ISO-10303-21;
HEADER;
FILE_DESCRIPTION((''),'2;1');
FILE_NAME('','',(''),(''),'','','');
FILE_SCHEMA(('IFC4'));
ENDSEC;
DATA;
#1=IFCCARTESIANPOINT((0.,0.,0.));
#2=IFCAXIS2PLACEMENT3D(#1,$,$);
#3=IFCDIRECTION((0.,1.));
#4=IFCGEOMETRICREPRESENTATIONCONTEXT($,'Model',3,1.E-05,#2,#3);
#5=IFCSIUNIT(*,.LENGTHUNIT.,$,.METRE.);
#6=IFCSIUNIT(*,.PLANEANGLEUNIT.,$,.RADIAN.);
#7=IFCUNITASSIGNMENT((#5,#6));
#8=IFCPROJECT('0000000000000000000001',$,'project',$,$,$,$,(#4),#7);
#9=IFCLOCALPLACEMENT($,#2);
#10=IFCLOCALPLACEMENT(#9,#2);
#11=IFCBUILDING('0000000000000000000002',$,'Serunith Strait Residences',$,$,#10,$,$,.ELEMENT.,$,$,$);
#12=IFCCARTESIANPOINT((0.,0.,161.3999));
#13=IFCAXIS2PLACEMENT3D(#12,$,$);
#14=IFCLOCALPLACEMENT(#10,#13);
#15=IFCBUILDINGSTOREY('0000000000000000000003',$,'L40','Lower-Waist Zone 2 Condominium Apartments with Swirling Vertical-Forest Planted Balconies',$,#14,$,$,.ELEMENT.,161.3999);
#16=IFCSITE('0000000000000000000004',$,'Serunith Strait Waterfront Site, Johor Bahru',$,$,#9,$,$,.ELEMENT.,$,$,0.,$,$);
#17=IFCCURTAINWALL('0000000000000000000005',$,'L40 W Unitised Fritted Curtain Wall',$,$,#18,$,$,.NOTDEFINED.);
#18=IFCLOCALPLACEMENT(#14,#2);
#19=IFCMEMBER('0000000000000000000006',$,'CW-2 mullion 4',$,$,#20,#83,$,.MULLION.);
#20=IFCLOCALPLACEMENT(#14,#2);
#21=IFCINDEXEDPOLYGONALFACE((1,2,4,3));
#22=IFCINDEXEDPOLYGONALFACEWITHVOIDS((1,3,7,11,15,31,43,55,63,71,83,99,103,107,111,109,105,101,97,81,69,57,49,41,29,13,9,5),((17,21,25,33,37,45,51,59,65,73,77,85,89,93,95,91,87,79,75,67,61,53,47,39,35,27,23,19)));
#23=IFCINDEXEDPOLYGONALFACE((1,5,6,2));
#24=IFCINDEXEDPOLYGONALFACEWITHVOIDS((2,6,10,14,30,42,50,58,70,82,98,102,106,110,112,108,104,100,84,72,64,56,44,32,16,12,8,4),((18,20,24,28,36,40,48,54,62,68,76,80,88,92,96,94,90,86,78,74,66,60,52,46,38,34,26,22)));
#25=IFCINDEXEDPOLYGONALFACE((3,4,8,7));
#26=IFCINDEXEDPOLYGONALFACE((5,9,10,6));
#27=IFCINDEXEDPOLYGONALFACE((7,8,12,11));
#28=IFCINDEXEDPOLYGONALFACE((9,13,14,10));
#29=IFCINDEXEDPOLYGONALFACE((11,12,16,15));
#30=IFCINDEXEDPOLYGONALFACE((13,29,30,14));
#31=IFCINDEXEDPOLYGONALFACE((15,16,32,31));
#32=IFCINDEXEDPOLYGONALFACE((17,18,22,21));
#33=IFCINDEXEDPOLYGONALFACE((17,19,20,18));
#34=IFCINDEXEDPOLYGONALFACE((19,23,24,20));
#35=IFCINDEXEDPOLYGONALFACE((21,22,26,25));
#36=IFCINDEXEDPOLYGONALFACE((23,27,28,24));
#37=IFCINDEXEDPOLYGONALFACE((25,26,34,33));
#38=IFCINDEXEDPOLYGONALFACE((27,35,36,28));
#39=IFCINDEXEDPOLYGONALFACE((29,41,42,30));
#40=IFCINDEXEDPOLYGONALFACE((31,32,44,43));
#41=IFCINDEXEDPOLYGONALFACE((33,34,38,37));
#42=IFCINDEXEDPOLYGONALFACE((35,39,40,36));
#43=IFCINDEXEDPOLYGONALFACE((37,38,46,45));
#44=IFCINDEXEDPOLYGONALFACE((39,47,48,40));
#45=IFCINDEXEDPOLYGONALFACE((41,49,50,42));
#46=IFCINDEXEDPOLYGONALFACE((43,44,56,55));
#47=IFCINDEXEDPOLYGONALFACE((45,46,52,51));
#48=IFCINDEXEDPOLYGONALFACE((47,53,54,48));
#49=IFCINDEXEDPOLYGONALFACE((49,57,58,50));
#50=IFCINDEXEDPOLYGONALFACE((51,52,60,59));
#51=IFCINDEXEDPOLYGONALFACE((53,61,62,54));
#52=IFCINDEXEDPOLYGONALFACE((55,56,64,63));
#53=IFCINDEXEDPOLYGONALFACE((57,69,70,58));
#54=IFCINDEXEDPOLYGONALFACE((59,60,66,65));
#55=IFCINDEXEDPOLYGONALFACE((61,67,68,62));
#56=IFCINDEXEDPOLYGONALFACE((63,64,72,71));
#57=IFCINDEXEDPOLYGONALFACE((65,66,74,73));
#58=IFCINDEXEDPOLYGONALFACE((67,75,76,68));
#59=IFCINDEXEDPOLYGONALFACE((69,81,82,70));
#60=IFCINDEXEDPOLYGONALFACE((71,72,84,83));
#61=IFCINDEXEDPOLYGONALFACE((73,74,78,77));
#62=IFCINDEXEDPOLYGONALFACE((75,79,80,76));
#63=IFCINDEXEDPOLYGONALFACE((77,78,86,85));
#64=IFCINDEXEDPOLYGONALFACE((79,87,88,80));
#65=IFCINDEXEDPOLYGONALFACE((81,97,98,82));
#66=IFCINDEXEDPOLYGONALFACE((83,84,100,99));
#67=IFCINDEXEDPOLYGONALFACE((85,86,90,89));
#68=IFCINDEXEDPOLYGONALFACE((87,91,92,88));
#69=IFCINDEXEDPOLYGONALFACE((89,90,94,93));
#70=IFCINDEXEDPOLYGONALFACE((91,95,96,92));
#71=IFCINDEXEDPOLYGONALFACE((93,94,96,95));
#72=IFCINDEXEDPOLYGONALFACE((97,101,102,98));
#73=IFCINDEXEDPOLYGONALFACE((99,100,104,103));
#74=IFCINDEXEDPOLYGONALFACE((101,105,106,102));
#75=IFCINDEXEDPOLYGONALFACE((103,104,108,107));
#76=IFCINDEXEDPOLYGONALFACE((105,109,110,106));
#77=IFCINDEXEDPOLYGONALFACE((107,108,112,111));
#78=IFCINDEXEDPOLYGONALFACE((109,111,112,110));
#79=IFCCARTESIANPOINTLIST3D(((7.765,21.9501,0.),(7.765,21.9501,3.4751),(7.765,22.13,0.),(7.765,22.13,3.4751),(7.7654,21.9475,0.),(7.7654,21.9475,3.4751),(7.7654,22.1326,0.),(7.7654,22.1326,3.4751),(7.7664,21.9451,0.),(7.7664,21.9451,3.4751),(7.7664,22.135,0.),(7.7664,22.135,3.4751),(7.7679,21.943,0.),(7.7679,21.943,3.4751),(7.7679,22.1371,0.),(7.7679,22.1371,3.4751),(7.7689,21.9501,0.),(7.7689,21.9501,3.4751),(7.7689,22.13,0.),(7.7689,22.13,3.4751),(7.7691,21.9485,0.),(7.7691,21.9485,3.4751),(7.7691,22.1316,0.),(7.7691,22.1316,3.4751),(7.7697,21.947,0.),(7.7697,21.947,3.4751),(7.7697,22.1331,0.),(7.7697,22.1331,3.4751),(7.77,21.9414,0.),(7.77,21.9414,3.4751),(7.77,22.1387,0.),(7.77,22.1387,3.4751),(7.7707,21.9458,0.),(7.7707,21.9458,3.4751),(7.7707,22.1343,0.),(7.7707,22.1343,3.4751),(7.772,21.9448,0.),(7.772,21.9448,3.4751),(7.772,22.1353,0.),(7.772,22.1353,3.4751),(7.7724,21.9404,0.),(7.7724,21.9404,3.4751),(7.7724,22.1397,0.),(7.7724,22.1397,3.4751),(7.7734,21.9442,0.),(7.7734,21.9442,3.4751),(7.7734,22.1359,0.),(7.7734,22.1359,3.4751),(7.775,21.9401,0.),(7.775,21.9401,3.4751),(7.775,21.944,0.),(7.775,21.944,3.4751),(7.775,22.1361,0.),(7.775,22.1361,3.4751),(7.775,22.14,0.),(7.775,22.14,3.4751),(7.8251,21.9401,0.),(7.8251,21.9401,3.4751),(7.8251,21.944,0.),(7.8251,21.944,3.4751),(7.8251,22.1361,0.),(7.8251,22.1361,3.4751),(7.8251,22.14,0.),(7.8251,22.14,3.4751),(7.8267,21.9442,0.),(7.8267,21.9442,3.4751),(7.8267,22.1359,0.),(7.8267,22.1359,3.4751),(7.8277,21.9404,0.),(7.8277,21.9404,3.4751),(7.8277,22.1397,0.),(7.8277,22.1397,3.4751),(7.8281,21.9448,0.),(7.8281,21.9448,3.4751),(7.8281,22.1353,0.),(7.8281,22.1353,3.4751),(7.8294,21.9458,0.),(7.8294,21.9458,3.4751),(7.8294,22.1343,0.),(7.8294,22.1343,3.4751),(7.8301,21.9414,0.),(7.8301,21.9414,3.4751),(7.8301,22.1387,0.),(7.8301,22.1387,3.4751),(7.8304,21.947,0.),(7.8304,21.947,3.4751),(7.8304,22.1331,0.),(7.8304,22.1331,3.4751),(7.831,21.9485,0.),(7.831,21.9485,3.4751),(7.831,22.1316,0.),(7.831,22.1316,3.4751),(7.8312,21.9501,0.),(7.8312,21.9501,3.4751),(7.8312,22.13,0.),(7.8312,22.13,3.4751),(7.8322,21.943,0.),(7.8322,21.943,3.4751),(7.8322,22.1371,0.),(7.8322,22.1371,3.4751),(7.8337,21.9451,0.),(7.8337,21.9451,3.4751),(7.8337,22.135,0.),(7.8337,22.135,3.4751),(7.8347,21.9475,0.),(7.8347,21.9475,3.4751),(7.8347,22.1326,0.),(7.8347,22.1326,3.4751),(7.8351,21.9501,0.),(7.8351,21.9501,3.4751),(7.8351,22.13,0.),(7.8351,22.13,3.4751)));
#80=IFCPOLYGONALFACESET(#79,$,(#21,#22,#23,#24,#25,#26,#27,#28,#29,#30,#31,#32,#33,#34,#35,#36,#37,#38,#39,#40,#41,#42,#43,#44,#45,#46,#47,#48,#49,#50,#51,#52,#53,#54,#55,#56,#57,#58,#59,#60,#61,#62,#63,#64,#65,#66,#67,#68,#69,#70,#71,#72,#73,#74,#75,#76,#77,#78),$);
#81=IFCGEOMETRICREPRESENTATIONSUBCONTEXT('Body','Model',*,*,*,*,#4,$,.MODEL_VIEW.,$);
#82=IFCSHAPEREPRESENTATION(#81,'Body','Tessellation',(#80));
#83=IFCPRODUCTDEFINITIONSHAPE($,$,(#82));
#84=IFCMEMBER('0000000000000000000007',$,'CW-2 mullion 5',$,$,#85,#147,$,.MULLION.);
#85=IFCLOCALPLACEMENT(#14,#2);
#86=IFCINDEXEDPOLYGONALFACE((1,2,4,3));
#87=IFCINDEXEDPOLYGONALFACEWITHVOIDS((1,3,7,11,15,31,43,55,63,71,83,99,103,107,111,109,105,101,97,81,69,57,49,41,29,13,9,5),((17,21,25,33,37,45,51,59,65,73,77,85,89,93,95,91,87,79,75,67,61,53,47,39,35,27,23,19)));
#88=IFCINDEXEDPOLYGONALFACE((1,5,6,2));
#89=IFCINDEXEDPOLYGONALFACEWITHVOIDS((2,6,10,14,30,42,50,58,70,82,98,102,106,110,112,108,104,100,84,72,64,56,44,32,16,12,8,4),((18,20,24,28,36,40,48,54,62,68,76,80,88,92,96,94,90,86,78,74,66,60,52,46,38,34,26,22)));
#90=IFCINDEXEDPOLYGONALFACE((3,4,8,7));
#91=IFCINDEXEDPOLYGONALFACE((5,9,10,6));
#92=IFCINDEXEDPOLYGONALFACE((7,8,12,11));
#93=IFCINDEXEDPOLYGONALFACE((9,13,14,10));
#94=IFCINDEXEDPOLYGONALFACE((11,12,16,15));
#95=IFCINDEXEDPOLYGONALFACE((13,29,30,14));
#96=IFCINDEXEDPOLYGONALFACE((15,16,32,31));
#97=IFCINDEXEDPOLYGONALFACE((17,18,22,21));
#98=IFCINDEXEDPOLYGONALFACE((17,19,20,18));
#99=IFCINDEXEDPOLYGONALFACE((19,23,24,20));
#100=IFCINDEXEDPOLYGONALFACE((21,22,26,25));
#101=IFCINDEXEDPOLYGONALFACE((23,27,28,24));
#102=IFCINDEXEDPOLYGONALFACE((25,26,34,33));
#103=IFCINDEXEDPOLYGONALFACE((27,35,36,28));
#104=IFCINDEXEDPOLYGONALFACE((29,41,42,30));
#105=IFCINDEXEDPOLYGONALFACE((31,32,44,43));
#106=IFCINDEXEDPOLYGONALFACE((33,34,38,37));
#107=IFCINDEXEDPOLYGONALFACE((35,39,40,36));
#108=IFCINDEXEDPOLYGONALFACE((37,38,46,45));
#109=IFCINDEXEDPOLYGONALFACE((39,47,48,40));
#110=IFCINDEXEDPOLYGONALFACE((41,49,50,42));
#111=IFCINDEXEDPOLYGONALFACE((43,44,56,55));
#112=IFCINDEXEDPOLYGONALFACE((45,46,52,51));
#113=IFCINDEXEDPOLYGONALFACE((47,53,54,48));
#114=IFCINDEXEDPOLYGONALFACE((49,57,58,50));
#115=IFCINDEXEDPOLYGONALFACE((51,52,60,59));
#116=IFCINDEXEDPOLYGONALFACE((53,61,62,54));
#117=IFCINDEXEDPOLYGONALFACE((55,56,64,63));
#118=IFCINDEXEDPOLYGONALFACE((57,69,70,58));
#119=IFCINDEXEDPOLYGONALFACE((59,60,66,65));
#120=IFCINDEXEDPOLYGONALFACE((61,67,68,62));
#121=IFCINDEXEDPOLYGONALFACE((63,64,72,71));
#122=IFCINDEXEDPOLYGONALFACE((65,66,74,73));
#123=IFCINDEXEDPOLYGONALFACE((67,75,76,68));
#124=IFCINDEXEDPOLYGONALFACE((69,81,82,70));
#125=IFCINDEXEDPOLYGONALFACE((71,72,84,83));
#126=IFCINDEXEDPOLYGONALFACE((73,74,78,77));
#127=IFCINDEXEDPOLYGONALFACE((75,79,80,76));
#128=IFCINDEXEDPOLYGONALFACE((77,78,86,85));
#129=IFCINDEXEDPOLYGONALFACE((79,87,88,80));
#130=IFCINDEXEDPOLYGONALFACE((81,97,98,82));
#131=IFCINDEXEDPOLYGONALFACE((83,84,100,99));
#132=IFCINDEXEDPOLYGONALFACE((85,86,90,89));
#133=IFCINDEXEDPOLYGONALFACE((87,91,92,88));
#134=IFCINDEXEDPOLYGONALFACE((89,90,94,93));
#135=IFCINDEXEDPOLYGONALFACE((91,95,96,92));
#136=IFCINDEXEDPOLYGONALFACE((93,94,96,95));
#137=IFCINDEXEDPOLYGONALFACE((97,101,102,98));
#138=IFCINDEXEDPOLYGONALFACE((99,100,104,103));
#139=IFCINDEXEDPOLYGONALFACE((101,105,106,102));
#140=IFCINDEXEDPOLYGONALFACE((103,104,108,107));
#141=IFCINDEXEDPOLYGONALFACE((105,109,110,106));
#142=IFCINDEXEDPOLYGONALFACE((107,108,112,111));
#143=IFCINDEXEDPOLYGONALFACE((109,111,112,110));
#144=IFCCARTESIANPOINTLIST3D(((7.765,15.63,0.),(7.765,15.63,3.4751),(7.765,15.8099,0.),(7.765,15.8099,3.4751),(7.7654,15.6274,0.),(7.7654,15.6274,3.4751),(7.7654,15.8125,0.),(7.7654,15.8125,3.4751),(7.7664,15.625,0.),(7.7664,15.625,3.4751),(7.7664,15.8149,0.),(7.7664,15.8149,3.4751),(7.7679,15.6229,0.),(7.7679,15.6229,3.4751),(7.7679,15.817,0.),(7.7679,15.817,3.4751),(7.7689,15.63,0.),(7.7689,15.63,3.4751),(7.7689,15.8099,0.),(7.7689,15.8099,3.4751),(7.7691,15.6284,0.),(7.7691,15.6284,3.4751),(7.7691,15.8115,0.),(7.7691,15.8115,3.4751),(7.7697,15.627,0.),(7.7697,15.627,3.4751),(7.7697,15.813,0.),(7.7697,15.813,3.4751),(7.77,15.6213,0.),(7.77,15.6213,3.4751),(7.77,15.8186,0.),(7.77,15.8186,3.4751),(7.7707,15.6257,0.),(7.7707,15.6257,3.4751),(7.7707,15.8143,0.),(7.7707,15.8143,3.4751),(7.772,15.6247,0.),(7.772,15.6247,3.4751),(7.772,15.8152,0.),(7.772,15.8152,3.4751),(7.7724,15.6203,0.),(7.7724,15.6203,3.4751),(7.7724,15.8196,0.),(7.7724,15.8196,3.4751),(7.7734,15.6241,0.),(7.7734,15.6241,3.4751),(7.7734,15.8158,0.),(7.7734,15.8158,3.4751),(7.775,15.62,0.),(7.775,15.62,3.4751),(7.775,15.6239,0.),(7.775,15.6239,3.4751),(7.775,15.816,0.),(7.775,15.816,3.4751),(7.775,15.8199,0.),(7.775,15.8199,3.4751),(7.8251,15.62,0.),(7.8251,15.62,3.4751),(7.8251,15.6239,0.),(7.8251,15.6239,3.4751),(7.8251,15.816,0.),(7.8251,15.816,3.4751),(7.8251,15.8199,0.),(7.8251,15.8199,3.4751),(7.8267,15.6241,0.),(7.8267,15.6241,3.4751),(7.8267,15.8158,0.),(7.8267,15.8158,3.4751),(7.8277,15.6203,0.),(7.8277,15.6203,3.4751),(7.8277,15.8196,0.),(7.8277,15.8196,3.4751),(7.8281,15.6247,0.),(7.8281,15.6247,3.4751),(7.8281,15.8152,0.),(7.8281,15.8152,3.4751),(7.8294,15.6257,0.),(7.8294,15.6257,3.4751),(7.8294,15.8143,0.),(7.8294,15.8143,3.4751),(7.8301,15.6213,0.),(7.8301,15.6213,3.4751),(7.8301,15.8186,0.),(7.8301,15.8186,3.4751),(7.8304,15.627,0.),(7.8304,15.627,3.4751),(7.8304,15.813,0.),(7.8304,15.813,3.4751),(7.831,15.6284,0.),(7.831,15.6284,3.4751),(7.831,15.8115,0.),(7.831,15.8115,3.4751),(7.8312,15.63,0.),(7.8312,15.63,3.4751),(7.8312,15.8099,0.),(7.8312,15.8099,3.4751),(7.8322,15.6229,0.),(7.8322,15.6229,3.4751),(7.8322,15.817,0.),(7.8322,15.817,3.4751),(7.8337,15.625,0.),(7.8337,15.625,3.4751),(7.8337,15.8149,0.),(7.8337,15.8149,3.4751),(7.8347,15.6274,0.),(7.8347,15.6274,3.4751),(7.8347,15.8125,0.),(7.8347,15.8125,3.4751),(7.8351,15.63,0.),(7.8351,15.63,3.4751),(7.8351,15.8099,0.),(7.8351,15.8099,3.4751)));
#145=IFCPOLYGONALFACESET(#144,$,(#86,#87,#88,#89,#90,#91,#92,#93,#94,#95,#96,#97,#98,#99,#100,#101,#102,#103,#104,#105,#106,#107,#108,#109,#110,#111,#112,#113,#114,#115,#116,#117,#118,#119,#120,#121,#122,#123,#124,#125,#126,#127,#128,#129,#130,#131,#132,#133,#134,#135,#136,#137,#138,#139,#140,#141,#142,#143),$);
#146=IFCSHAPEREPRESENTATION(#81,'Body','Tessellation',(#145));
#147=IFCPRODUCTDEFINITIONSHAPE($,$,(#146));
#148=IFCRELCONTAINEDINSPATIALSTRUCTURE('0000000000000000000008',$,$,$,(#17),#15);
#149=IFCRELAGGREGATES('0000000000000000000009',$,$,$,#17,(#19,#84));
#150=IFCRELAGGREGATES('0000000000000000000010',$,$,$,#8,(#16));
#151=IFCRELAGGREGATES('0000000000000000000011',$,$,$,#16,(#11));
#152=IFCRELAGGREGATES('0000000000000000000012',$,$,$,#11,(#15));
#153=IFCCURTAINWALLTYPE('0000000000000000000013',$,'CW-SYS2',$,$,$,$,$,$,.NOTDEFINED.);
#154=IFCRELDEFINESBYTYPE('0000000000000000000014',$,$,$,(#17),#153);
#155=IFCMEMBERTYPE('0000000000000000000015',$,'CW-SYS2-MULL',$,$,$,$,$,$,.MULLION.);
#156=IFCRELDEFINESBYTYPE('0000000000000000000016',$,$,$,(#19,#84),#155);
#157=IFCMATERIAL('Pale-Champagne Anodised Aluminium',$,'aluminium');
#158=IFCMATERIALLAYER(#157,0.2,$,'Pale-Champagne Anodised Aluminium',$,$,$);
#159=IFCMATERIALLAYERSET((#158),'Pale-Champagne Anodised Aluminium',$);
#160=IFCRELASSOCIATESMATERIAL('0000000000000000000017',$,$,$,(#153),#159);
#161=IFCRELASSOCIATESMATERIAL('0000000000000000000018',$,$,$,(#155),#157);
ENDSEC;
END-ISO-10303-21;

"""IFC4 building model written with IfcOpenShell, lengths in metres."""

from ifc_helpers import new_model, si_unit, direction, frame, origin, origin_2d, place, context, subcontext, project, spatial, hollow_rectangle, extrude, source, transform, mapped, material, layer, layer_set, material_profile, profile_set, type_object, element, aggregate, save


model = new_model("IFC4")

# Units and contexts
model_context = context("Model", 3, precision=1e-05, world=origin(), true_north=direction((0.0, 1.0)))
body_context = subcontext(model_context, "Body", "Model", "MODEL_VIEW")
ifc_project = project(units=[si_unit("LENGTHUNIT", "METRE"), si_unit("PLANEANGLEUNIT", "RADIAN")], contexts=[model_context])

# Site, building, storey
site_placement = place(None, origin())
site = spatial("IfcSite", under=ifc_project, at=site_placement, Name="Serunith Strait Waterfront Site, Johor Bahru", CompositionType="ELEMENT", RefElevation=0.0)
building_placement = place(site_placement, origin())
building = spatial("IfcBuilding", under=site, at=building_placement, Name="Serunith Strait Residences", CompositionType="ELEMENT")
storey_placement = place(building_placement, frame((0.0, 0.0, 161.3999)))
storey = spatial("IfcBuildingStorey", under=building, at=storey_placement, Name="L40", Description="Lower-Waist Zone 2 Condominium Apartments with Swirling Vertical-Forest Planted Balconies", CompositionType="ELEMENT", Elevation=161.3999)

# Curtain wall, members
ifc_material_1 = material(Name="Pale-Champagne Anodised Aluminium", Category="aluminium")
ifc_layer_1 = layer(ifc_material_1, 0.2, Name="Pale-Champagne Anodised Aluminium")
ifc_layer_set_1 = layer_set([ifc_layer_1], Name="Pale-Champagne Anodised Aluminium")
curtain_wall_type = type_object("IfcCurtainWallType", Name="CW-SYS2", PredefinedType="NOTDEFINED", material=ifc_layer_set_1)
curtain_wall_placement = place(storey_placement, origin())
curtain_wall = element("IfcCurtainWall", 1, at=curtain_wall_placement, inside=storey, type_object=curtain_wall_type, Name="L40 W Unitised Fritted Curtain Wall", PredefinedType="NOTDEFINED")
ifc_material_profile_1 = material_profile(ifc_material_1, hollow_rectangle(XDim=0.0701, YDim=0.2, WallThickness=0.0039, InnerFilletRadius=0.0061, OuterFilletRadius=0.01, at=origin_2d()), Name="ALU 200x70x4")
ifc_profile_set_1 = profile_set([ifc_material_profile_1], Name="Pale-Champagne Anodised Aluminium")
member_type_1 = type_object("IfcMemberType", Name="CW-SYS2-MULL", PredefinedType="MULLION", material=ifc_profile_set_1)
shared_shape_1 = source(origin(), body_context, "Body", "SweptSolid", [
    extrude(hollow_rectangle(XDim=0.0701, YDim=0.2, WallThickness=0.0039, InnerFilletRadius=0.0061, OuterFilletRadius=0.01, at=origin_2d()), origin(), (0.0, 0.0, 1.0), 3.4751),
])
member_1_placement = place(storey_placement, frame((7.8, 22.04, 0.0), z_axis=(0.0, 0.0, 1.0), x_axis=(1.0, 0.0, 0.0)))
member_1 = element("IfcMember", 2, at=member_1_placement, type_object=member_type_1, Name="CW-2 mullion 4", PredefinedType="MULLION", context=body_context, shape_type="MappedRepresentation", body=[
    mapped(shared_shape_1, transform((0.0, 0.0, 0.0), scale=1.0)),
])
member_2_placement = place(storey_placement, frame((7.8, 15.72, 0.0), z_axis=(0.0, 0.0, 1.0), x_axis=(1.0, 0.0, 0.0)))
member_2 = element("IfcMember", 3, at=member_2_placement, type_object=member_type_1, Name="CW-2 mullion 5", PredefinedType="MULLION", context=body_context, shape_type="MappedRepresentation", body=[
    mapped(shared_shape_1, transform((0.0, 0.0, 0.0), scale=1.0)),
])
aggregate(curtain_wall, [member_1, member_2])

save(model, "model.ifc")
